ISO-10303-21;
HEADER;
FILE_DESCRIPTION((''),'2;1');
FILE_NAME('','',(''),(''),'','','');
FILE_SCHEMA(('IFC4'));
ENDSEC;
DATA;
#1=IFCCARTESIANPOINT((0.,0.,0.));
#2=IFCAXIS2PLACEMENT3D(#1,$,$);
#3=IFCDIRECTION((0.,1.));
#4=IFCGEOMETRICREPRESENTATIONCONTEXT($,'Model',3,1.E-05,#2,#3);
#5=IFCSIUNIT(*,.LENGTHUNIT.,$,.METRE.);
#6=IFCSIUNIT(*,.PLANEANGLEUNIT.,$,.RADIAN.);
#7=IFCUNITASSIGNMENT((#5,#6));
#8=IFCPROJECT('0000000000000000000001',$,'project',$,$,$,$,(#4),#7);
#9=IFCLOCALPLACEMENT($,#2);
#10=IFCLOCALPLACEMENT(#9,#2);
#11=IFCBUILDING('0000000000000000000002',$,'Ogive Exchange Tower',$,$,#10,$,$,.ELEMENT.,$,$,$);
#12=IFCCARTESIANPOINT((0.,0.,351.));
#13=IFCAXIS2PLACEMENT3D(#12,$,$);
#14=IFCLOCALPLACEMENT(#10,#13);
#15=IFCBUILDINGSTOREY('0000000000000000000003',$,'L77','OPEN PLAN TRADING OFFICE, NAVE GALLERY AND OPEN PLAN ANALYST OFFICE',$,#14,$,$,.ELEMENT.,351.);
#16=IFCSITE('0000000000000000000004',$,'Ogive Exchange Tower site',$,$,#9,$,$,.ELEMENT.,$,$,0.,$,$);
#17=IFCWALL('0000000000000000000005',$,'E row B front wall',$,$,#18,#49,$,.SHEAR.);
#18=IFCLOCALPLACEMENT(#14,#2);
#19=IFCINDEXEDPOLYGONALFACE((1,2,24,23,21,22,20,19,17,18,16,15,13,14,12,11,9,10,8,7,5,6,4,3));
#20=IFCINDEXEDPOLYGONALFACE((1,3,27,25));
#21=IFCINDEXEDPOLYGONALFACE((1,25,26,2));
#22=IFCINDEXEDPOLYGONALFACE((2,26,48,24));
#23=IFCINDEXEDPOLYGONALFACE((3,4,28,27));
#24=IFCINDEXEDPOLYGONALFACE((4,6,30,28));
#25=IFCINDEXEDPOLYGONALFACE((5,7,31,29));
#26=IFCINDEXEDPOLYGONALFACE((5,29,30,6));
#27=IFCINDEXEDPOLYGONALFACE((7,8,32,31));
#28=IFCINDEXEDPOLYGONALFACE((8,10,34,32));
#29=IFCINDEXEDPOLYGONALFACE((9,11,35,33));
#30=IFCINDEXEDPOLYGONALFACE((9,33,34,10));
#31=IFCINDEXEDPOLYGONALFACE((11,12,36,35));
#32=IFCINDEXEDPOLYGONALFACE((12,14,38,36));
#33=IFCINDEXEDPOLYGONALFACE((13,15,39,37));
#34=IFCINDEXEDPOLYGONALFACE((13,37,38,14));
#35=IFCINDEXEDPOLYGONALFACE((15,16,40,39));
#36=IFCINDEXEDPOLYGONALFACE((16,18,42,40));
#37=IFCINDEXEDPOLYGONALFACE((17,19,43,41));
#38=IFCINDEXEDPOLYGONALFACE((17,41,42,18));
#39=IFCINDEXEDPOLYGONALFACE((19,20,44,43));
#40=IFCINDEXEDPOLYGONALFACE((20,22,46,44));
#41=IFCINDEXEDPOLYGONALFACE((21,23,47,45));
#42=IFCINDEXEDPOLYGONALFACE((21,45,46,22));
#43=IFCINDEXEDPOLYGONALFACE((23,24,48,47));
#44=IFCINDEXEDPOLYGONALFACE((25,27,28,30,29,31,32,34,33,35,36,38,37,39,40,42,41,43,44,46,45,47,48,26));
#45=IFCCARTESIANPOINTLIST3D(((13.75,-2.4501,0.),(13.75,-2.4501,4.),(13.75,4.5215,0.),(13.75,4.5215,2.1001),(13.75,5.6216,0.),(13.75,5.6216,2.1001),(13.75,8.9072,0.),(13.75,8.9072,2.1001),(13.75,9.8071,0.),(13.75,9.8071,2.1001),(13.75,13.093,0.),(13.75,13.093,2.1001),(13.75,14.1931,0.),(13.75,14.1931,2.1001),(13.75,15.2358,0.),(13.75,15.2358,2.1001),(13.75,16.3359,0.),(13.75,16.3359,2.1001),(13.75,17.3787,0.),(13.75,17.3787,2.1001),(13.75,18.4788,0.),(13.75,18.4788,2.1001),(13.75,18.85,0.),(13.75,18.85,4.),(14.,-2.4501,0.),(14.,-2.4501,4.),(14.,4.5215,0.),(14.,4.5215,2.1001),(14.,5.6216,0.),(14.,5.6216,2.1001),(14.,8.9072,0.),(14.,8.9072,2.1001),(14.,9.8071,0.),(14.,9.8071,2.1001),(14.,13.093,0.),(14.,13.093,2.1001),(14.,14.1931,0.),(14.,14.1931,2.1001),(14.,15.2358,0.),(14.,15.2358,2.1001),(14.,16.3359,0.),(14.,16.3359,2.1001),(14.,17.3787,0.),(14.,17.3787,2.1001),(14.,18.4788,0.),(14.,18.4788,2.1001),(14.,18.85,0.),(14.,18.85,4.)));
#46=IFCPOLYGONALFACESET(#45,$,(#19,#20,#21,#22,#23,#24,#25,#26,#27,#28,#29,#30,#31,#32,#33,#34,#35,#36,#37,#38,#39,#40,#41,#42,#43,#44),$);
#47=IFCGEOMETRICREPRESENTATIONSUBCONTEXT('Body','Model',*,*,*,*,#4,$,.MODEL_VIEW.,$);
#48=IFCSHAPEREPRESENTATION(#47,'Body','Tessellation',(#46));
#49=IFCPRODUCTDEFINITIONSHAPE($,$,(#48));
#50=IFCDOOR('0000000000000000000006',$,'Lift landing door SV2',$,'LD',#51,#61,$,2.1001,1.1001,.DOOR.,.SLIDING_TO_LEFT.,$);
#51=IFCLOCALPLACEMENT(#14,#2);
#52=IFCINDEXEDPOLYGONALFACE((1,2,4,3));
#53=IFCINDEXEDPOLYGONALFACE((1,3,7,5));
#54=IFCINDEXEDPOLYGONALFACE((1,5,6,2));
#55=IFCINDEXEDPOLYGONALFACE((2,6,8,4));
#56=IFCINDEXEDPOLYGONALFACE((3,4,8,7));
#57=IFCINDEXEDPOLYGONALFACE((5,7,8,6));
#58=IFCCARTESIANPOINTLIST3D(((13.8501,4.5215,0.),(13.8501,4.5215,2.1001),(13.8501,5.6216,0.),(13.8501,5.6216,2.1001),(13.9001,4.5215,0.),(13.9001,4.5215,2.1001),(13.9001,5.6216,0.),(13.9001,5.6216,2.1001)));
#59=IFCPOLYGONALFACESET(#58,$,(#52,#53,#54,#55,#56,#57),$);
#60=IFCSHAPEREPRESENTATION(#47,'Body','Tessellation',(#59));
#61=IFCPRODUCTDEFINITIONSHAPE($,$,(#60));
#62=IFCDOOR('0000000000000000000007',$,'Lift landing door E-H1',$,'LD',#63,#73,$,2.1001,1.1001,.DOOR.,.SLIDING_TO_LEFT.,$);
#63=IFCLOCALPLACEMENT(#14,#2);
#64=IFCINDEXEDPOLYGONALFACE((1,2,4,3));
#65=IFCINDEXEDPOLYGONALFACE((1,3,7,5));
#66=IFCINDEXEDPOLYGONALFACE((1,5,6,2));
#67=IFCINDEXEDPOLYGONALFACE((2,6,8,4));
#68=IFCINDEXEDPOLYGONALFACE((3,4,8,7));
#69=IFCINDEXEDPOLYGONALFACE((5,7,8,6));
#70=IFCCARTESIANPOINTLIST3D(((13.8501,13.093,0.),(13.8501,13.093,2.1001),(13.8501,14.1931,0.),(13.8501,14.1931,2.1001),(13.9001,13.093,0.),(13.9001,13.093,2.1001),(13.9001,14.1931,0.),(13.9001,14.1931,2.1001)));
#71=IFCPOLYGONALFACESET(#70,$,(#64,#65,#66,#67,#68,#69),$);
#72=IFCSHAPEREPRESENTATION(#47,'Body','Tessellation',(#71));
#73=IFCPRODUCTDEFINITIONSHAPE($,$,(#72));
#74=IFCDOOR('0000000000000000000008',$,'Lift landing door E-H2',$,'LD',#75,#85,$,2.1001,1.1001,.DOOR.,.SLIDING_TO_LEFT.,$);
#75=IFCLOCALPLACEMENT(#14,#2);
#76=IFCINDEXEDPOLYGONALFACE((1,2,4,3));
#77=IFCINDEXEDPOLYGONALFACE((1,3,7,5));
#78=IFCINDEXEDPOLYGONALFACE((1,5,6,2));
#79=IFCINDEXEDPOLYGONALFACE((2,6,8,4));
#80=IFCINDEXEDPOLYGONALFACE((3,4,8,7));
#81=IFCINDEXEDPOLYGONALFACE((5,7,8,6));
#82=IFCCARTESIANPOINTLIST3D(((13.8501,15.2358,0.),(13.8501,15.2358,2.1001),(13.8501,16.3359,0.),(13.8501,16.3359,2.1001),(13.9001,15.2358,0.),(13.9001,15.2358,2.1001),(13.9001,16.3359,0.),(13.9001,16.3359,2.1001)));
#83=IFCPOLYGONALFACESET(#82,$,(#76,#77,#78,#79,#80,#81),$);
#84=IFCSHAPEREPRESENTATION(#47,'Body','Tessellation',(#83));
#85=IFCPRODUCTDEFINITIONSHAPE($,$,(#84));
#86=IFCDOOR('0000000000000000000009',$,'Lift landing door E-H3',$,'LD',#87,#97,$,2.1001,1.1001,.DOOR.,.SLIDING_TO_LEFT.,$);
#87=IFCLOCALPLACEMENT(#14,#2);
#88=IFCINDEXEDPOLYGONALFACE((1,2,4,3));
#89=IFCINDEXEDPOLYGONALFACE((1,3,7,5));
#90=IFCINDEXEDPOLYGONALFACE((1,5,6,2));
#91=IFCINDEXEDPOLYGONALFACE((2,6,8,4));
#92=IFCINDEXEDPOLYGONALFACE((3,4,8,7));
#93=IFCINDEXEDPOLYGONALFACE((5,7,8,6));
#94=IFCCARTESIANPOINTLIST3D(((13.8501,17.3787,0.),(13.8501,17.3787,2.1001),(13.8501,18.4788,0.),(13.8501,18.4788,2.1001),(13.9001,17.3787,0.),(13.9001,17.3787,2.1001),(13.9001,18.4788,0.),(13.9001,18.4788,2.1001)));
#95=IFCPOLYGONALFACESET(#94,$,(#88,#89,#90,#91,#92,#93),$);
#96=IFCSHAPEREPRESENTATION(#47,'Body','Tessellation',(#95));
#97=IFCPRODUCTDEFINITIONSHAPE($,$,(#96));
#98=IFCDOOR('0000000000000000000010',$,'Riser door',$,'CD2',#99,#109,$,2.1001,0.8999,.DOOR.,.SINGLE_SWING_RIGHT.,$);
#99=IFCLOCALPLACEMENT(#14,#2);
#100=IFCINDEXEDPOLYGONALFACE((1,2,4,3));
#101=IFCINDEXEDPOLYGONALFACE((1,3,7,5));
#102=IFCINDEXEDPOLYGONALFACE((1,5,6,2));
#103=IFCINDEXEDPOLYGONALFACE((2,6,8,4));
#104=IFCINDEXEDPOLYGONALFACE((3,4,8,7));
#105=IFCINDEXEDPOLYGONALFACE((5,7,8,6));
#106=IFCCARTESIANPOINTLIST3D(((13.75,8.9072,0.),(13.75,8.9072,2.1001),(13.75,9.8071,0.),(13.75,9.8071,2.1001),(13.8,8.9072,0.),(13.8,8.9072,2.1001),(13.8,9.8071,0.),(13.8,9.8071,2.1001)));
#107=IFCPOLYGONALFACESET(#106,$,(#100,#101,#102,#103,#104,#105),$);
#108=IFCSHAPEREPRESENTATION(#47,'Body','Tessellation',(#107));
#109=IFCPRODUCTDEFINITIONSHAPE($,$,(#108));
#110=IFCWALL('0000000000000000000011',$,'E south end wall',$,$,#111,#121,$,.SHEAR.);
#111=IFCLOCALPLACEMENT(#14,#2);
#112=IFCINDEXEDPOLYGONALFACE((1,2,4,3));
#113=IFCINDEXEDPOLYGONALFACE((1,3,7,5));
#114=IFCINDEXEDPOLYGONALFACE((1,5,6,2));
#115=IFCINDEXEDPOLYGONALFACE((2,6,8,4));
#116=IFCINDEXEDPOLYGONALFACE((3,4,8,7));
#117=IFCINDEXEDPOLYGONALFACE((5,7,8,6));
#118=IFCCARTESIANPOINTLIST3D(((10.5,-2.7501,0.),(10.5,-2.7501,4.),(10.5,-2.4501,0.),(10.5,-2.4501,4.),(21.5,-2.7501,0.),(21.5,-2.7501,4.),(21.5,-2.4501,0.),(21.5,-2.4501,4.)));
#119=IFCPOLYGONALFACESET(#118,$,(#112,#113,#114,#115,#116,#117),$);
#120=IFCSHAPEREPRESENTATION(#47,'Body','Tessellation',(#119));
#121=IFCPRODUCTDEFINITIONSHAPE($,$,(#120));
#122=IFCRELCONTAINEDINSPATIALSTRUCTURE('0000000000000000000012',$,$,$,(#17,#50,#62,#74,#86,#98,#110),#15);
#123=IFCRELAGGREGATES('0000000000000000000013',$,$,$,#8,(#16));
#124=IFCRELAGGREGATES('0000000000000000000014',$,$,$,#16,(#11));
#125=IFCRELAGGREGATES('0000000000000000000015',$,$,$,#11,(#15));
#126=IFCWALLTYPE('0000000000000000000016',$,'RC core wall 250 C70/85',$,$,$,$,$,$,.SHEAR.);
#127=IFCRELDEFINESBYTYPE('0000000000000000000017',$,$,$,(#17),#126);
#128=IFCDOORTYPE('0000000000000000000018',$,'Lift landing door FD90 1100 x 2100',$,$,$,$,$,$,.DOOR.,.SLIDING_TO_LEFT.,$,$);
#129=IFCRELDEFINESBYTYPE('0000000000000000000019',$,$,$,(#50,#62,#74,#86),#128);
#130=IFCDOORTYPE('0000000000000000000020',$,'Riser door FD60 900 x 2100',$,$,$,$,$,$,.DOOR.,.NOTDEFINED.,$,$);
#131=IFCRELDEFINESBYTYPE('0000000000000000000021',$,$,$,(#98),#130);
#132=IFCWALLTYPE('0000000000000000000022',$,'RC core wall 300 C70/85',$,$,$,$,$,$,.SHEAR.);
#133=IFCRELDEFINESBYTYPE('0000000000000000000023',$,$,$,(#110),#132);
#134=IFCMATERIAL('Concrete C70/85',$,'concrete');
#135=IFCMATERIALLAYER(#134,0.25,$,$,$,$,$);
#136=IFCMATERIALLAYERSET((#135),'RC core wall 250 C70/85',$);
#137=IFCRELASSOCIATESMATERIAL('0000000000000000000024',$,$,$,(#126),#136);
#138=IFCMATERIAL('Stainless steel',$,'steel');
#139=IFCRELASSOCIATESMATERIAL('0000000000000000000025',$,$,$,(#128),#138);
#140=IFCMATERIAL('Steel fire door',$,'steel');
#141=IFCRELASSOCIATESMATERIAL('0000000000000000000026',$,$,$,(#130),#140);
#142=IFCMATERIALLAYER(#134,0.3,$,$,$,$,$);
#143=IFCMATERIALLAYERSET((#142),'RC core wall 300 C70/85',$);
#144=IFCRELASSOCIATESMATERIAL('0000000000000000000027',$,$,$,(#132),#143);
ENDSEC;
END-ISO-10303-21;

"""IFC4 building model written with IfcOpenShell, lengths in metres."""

from ifc_helpers import new_model, si_unit, direction, frame, frame_2d, origin, place, context, subcontext, project, spatial, rectangle, extrude, material, layer, layer_set, type_object, element, fill, save


model = new_model("IFC4")

# Units and contexts
model_context = context("Model", 3, precision=1e-05, world=origin(), true_north=direction((0.0, 1.0)))
body_context = subcontext(model_context, "Body", "Model", "MODEL_VIEW")
ifc_project = project(units=[si_unit("LENGTHUNIT", "METRE"), si_unit("PLANEANGLEUNIT", "RADIAN")], contexts=[model_context])

# Site, building, storey
site_placement = place(None, origin())
site = spatial("IfcSite", under=ifc_project, at=site_placement, Name="Ogive Exchange Tower site", CompositionType="ELEMENT", RefElevation=0.0)
building_placement = place(site_placement, origin())
building = spatial("IfcBuilding", under=site, at=building_placement, Name="Ogive Exchange Tower", CompositionType="ELEMENT")
storey_placement = place(building_placement, frame((0.0, 0.0, 351.0)))
storey = spatial("IfcBuildingStorey", under=building, at=storey_placement, Name="L77", Description="OPEN PLAN TRADING OFFICE, NAVE GALLERY AND OPEN PLAN ANALYST OFFICE", CompositionType="ELEMENT", Elevation=351.0)

# Shared definitions
ifc_material_1 = material(Name="Concrete C70/85", Category="concrete")

# Wall, openings, doors
ifc_layer_1 = layer(ifc_material_1, 0.25)
ifc_layer_set_1 = layer_set([ifc_layer_1], Name="RC core wall 250 C70/85")
wall_type_1 = type_object("IfcWallType", Name="RC core wall 250 C70/85", PredefinedType="SHEAR", material=ifc_layer_set_1)
wall_1_placement = place(storey_placement, frame((13.875, -2.45, 0.0), z_axis=(0.0, 0.0, 1.0), x_axis=(0.0, 1.0, 0.0)))
wall_1 = element("IfcWall", 1, at=wall_1_placement, inside=storey, type_object=wall_type_1, Name="E row B front wall", PredefinedType="SHEAR", context=body_context, shape_type="SweptSolid", body=[
    extrude(rectangle(XDim=21.3, YDim=0.25, at=frame_2d((10.6499, 0.0))), origin(), (0.0, 0.0, 1.0), 4.0),
])
opening_1_placement = place(wall_1_placement, frame((11.3572, 0.0, 0.0)))
opening_1 = element("IfcOpeningElement", 2, at=opening_1_placement, cuts=wall_1, PredefinedType="OPENING", context=body_context, shape_type="SweptSolid", body=[
    extrude(rectangle(XDim=0.8999, YDim=2.1001, at=frame_2d((0.45, 1.05))), frame((0.0, 0.135, 0.0), z_axis=(0.0, -1.0, 0.0), x_axis=(1.0, 0.0, 0.0)), (0.0, 0.0, 1.0), 0.27),
])
opening_2_placement = place(wall_1_placement, frame((6.9714, 0.0, 0.0)))
opening_2 = element("IfcOpeningElement", 3, at=opening_2_placement, cuts=wall_1, PredefinedType="OPENING", context=body_context, shape_type="SweptSolid", body=[
    extrude(rectangle(XDim=1.1001, YDim=2.1001, at=frame_2d((0.55, 1.05))), frame((0.0, 0.135, 0.0), z_axis=(0.0, -1.0, 0.0), x_axis=(1.0, 0.0, 0.0)), (0.0, 0.0, 1.0), 0.27),
])
opening_3_placement = place(wall_1_placement, frame((15.543, 0.0, 0.0)))
opening_3 = element("IfcOpeningElement", 4, at=opening_3_placement, cuts=wall_1, PredefinedType="OPENING", context=body_context, shape_type="SweptSolid", body=[
    extrude(rectangle(XDim=1.1001, YDim=2.1001, at=frame_2d((0.55, 1.05))), frame((0.0, 0.135, 0.0), z_axis=(0.0, -1.0, 0.0), x_axis=(1.0, 0.0, 0.0)), (0.0, 0.0, 1.0), 0.27),
])
opening_4_placement = place(wall_1_placement, frame((17.6858, 0.0, 0.0)))
opening_4 = element("IfcOpeningElement", 5, at=opening_4_placement, cuts=wall_1, PredefinedType="OPENING", context=body_context, shape_type="SweptSolid", body=[
    extrude(rectangle(XDim=1.1001, YDim=2.1001, at=frame_2d((0.55, 1.05))), frame((0.0, 0.135, 0.0), z_axis=(0.0, -1.0, 0.0), x_axis=(1.0, 0.0, 0.0)), (0.0, 0.0, 1.0), 0.27),
])
opening_5_placement = place(wall_1_placement, frame((19.8286, 0.0, 0.0)))
opening_5 = element("IfcOpeningElement", 6, at=opening_5_placement, cuts=wall_1, PredefinedType="OPENING", context=body_context, shape_type="SweptSolid", body=[
    extrude(rectangle(XDim=1.1001, YDim=2.1001, at=frame_2d((0.55, 1.05))), frame((0.0, 0.135, 0.0), z_axis=(0.0, -1.0, 0.0), x_axis=(1.0, 0.0, 0.0)), (0.0, 0.0, 1.0), 0.27),
])
ifc_material_2 = material(Name="Stainless steel", Category="steel")
door_type_1 = type_object("IfcDoorType", Name="Lift landing door FD90 1100 x 2100", OperationType="SLIDING_TO_LEFT", PredefinedType="DOOR", material=ifc_material_2)
door_1_placement = place(opening_2_placement, origin())
door_1 = element("IfcDoor", 7, at=door_1_placement, inside=storey, type_object=door_type_1, Name="Lift landing door SV2", ObjectType="LD", OperationType="SLIDING_TO_LEFT", OverallHeight=2.1001, OverallWidth=1.1001, PredefinedType="DOOR", context=body_context, shape_type="SweptSolid", body=[
    extrude(rectangle(XDim=1.1001, YDim=2.1001, at=frame_2d((0.55, 1.05))), frame((0.0, 0.0249, 0.0), z_axis=(0.0, -1.0, 0.0), x_axis=(1.0, 0.0, 0.0)), (0.0, 0.0, 1.0), 0.05),
])
fill(opening_2, door_1)
door_2_placement = place(opening_3_placement, origin())
door_2 = element("IfcDoor", 8, at=door_2_placement, inside=storey, type_object=door_type_1, Name="Lift landing door E-H1", ObjectType="LD", OperationType="SLIDING_TO_LEFT", OverallHeight=2.1001, OverallWidth=1.1001, PredefinedType="DOOR", context=body_context, shape_type="SweptSolid", body=[
    extrude(rectangle(XDim=1.1001, YDim=2.1001, at=frame_2d((0.55, 1.05))), frame((0.0, 0.0249, 0.0), z_axis=(0.0, -1.0, 0.0), x_axis=(1.0, 0.0, 0.0)), (0.0, 0.0, 1.0), 0.05),
])
fill(opening_3, door_2)
door_3_placement = place(opening_4_placement, origin())
door_3 = element("IfcDoor", 9, at=door_3_placement, inside=storey, type_object=door_type_1, Name="Lift landing door E-H2", ObjectType="LD", OperationType="SLIDING_TO_LEFT", OverallHeight=2.1001, OverallWidth=1.1001, PredefinedType="DOOR", context=body_context, shape_type="SweptSolid", body=[
    extrude(rectangle(XDim=1.1001, YDim=2.1001, at=frame_2d((0.55, 1.05))), frame((0.0, 0.0249, 0.0), z_axis=(0.0, -1.0, 0.0), x_axis=(1.0, 0.0, 0.0)), (0.0, 0.0, 1.0), 0.05),
])
fill(opening_4, door_3)
door_4_placement = place(opening_5_placement, origin())
door_4 = element("IfcDoor", 10, at=door_4_placement, inside=storey, type_object=door_type_1, Name="Lift landing door E-H3", ObjectType="LD", OperationType="SLIDING_TO_LEFT", OverallHeight=2.1001, OverallWidth=1.1001, PredefinedType="DOOR", context=body_context, shape_type="SweptSolid", body=[
    extrude(rectangle(XDim=1.1001, YDim=2.1001, at=frame_2d((0.55, 1.05))), frame((0.0, 0.0249, 0.0), z_axis=(0.0, -1.0, 0.0), x_axis=(1.0, 0.0, 0.0)), (0.0, 0.0, 1.0), 0.05),
])
fill(opening_5, door_4)
ifc_material_3 = material(Name="Steel fire door", Category="steel")
door_type_2 = type_object("IfcDoorType", Name="Riser door FD60 900 x 2100", OperationType="NOTDEFINED", PredefinedType="DOOR", material=ifc_material_3)
door_5_placement = place(opening_1_placement, origin())
door_5 = element("IfcDoor", 11, at=door_5_placement, inside=storey, type_object=door_type_2, Name="Riser door", ObjectType="CD2", OperationType="SINGLE_SWING_RIGHT", OverallHeight=2.1001, OverallWidth=0.8999, PredefinedType="DOOR", context=body_context, shape_type="SweptSolid", body=[
    extrude(rectangle(XDim=0.8999, YDim=2.1001, at=frame_2d((0.45, 1.05))), frame((0.0, 0.125, 0.0), z_axis=(0.0, -1.0, 0.0), x_axis=(1.0, 0.0, 0.0)), (0.0, 0.0, 1.0), 0.05),
])
fill(opening_1, door_5)

# Wall
ifc_layer_2 = layer(ifc_material_1, 0.3)
ifc_layer_set_2 = layer_set([ifc_layer_2], Name="RC core wall 300 C70/85")
wall_type_2 = type_object("IfcWallType", Name="RC core wall 300 C70/85", PredefinedType="SHEAR", material=ifc_layer_set_2)
wall_2_placement = place(storey_placement, frame((10.5, -2.6001, 0.0), z_axis=(0.0, 0.0, 1.0), x_axis=(1.0, 0.0, 0.0)))
element("IfcWall", 12, at=wall_2_placement, inside=storey, type_object=wall_type_2, Name="E south end wall", PredefinedType="SHEAR", context=body_context, shape_type="SweptSolid", body=[
    extrude(rectangle(XDim=11.0, YDim=0.3, at=frame_2d((5.5, 0.0))), origin(), (0.0, 0.0, 1.0), 4.0),
])

save(model, "model.ifc")
